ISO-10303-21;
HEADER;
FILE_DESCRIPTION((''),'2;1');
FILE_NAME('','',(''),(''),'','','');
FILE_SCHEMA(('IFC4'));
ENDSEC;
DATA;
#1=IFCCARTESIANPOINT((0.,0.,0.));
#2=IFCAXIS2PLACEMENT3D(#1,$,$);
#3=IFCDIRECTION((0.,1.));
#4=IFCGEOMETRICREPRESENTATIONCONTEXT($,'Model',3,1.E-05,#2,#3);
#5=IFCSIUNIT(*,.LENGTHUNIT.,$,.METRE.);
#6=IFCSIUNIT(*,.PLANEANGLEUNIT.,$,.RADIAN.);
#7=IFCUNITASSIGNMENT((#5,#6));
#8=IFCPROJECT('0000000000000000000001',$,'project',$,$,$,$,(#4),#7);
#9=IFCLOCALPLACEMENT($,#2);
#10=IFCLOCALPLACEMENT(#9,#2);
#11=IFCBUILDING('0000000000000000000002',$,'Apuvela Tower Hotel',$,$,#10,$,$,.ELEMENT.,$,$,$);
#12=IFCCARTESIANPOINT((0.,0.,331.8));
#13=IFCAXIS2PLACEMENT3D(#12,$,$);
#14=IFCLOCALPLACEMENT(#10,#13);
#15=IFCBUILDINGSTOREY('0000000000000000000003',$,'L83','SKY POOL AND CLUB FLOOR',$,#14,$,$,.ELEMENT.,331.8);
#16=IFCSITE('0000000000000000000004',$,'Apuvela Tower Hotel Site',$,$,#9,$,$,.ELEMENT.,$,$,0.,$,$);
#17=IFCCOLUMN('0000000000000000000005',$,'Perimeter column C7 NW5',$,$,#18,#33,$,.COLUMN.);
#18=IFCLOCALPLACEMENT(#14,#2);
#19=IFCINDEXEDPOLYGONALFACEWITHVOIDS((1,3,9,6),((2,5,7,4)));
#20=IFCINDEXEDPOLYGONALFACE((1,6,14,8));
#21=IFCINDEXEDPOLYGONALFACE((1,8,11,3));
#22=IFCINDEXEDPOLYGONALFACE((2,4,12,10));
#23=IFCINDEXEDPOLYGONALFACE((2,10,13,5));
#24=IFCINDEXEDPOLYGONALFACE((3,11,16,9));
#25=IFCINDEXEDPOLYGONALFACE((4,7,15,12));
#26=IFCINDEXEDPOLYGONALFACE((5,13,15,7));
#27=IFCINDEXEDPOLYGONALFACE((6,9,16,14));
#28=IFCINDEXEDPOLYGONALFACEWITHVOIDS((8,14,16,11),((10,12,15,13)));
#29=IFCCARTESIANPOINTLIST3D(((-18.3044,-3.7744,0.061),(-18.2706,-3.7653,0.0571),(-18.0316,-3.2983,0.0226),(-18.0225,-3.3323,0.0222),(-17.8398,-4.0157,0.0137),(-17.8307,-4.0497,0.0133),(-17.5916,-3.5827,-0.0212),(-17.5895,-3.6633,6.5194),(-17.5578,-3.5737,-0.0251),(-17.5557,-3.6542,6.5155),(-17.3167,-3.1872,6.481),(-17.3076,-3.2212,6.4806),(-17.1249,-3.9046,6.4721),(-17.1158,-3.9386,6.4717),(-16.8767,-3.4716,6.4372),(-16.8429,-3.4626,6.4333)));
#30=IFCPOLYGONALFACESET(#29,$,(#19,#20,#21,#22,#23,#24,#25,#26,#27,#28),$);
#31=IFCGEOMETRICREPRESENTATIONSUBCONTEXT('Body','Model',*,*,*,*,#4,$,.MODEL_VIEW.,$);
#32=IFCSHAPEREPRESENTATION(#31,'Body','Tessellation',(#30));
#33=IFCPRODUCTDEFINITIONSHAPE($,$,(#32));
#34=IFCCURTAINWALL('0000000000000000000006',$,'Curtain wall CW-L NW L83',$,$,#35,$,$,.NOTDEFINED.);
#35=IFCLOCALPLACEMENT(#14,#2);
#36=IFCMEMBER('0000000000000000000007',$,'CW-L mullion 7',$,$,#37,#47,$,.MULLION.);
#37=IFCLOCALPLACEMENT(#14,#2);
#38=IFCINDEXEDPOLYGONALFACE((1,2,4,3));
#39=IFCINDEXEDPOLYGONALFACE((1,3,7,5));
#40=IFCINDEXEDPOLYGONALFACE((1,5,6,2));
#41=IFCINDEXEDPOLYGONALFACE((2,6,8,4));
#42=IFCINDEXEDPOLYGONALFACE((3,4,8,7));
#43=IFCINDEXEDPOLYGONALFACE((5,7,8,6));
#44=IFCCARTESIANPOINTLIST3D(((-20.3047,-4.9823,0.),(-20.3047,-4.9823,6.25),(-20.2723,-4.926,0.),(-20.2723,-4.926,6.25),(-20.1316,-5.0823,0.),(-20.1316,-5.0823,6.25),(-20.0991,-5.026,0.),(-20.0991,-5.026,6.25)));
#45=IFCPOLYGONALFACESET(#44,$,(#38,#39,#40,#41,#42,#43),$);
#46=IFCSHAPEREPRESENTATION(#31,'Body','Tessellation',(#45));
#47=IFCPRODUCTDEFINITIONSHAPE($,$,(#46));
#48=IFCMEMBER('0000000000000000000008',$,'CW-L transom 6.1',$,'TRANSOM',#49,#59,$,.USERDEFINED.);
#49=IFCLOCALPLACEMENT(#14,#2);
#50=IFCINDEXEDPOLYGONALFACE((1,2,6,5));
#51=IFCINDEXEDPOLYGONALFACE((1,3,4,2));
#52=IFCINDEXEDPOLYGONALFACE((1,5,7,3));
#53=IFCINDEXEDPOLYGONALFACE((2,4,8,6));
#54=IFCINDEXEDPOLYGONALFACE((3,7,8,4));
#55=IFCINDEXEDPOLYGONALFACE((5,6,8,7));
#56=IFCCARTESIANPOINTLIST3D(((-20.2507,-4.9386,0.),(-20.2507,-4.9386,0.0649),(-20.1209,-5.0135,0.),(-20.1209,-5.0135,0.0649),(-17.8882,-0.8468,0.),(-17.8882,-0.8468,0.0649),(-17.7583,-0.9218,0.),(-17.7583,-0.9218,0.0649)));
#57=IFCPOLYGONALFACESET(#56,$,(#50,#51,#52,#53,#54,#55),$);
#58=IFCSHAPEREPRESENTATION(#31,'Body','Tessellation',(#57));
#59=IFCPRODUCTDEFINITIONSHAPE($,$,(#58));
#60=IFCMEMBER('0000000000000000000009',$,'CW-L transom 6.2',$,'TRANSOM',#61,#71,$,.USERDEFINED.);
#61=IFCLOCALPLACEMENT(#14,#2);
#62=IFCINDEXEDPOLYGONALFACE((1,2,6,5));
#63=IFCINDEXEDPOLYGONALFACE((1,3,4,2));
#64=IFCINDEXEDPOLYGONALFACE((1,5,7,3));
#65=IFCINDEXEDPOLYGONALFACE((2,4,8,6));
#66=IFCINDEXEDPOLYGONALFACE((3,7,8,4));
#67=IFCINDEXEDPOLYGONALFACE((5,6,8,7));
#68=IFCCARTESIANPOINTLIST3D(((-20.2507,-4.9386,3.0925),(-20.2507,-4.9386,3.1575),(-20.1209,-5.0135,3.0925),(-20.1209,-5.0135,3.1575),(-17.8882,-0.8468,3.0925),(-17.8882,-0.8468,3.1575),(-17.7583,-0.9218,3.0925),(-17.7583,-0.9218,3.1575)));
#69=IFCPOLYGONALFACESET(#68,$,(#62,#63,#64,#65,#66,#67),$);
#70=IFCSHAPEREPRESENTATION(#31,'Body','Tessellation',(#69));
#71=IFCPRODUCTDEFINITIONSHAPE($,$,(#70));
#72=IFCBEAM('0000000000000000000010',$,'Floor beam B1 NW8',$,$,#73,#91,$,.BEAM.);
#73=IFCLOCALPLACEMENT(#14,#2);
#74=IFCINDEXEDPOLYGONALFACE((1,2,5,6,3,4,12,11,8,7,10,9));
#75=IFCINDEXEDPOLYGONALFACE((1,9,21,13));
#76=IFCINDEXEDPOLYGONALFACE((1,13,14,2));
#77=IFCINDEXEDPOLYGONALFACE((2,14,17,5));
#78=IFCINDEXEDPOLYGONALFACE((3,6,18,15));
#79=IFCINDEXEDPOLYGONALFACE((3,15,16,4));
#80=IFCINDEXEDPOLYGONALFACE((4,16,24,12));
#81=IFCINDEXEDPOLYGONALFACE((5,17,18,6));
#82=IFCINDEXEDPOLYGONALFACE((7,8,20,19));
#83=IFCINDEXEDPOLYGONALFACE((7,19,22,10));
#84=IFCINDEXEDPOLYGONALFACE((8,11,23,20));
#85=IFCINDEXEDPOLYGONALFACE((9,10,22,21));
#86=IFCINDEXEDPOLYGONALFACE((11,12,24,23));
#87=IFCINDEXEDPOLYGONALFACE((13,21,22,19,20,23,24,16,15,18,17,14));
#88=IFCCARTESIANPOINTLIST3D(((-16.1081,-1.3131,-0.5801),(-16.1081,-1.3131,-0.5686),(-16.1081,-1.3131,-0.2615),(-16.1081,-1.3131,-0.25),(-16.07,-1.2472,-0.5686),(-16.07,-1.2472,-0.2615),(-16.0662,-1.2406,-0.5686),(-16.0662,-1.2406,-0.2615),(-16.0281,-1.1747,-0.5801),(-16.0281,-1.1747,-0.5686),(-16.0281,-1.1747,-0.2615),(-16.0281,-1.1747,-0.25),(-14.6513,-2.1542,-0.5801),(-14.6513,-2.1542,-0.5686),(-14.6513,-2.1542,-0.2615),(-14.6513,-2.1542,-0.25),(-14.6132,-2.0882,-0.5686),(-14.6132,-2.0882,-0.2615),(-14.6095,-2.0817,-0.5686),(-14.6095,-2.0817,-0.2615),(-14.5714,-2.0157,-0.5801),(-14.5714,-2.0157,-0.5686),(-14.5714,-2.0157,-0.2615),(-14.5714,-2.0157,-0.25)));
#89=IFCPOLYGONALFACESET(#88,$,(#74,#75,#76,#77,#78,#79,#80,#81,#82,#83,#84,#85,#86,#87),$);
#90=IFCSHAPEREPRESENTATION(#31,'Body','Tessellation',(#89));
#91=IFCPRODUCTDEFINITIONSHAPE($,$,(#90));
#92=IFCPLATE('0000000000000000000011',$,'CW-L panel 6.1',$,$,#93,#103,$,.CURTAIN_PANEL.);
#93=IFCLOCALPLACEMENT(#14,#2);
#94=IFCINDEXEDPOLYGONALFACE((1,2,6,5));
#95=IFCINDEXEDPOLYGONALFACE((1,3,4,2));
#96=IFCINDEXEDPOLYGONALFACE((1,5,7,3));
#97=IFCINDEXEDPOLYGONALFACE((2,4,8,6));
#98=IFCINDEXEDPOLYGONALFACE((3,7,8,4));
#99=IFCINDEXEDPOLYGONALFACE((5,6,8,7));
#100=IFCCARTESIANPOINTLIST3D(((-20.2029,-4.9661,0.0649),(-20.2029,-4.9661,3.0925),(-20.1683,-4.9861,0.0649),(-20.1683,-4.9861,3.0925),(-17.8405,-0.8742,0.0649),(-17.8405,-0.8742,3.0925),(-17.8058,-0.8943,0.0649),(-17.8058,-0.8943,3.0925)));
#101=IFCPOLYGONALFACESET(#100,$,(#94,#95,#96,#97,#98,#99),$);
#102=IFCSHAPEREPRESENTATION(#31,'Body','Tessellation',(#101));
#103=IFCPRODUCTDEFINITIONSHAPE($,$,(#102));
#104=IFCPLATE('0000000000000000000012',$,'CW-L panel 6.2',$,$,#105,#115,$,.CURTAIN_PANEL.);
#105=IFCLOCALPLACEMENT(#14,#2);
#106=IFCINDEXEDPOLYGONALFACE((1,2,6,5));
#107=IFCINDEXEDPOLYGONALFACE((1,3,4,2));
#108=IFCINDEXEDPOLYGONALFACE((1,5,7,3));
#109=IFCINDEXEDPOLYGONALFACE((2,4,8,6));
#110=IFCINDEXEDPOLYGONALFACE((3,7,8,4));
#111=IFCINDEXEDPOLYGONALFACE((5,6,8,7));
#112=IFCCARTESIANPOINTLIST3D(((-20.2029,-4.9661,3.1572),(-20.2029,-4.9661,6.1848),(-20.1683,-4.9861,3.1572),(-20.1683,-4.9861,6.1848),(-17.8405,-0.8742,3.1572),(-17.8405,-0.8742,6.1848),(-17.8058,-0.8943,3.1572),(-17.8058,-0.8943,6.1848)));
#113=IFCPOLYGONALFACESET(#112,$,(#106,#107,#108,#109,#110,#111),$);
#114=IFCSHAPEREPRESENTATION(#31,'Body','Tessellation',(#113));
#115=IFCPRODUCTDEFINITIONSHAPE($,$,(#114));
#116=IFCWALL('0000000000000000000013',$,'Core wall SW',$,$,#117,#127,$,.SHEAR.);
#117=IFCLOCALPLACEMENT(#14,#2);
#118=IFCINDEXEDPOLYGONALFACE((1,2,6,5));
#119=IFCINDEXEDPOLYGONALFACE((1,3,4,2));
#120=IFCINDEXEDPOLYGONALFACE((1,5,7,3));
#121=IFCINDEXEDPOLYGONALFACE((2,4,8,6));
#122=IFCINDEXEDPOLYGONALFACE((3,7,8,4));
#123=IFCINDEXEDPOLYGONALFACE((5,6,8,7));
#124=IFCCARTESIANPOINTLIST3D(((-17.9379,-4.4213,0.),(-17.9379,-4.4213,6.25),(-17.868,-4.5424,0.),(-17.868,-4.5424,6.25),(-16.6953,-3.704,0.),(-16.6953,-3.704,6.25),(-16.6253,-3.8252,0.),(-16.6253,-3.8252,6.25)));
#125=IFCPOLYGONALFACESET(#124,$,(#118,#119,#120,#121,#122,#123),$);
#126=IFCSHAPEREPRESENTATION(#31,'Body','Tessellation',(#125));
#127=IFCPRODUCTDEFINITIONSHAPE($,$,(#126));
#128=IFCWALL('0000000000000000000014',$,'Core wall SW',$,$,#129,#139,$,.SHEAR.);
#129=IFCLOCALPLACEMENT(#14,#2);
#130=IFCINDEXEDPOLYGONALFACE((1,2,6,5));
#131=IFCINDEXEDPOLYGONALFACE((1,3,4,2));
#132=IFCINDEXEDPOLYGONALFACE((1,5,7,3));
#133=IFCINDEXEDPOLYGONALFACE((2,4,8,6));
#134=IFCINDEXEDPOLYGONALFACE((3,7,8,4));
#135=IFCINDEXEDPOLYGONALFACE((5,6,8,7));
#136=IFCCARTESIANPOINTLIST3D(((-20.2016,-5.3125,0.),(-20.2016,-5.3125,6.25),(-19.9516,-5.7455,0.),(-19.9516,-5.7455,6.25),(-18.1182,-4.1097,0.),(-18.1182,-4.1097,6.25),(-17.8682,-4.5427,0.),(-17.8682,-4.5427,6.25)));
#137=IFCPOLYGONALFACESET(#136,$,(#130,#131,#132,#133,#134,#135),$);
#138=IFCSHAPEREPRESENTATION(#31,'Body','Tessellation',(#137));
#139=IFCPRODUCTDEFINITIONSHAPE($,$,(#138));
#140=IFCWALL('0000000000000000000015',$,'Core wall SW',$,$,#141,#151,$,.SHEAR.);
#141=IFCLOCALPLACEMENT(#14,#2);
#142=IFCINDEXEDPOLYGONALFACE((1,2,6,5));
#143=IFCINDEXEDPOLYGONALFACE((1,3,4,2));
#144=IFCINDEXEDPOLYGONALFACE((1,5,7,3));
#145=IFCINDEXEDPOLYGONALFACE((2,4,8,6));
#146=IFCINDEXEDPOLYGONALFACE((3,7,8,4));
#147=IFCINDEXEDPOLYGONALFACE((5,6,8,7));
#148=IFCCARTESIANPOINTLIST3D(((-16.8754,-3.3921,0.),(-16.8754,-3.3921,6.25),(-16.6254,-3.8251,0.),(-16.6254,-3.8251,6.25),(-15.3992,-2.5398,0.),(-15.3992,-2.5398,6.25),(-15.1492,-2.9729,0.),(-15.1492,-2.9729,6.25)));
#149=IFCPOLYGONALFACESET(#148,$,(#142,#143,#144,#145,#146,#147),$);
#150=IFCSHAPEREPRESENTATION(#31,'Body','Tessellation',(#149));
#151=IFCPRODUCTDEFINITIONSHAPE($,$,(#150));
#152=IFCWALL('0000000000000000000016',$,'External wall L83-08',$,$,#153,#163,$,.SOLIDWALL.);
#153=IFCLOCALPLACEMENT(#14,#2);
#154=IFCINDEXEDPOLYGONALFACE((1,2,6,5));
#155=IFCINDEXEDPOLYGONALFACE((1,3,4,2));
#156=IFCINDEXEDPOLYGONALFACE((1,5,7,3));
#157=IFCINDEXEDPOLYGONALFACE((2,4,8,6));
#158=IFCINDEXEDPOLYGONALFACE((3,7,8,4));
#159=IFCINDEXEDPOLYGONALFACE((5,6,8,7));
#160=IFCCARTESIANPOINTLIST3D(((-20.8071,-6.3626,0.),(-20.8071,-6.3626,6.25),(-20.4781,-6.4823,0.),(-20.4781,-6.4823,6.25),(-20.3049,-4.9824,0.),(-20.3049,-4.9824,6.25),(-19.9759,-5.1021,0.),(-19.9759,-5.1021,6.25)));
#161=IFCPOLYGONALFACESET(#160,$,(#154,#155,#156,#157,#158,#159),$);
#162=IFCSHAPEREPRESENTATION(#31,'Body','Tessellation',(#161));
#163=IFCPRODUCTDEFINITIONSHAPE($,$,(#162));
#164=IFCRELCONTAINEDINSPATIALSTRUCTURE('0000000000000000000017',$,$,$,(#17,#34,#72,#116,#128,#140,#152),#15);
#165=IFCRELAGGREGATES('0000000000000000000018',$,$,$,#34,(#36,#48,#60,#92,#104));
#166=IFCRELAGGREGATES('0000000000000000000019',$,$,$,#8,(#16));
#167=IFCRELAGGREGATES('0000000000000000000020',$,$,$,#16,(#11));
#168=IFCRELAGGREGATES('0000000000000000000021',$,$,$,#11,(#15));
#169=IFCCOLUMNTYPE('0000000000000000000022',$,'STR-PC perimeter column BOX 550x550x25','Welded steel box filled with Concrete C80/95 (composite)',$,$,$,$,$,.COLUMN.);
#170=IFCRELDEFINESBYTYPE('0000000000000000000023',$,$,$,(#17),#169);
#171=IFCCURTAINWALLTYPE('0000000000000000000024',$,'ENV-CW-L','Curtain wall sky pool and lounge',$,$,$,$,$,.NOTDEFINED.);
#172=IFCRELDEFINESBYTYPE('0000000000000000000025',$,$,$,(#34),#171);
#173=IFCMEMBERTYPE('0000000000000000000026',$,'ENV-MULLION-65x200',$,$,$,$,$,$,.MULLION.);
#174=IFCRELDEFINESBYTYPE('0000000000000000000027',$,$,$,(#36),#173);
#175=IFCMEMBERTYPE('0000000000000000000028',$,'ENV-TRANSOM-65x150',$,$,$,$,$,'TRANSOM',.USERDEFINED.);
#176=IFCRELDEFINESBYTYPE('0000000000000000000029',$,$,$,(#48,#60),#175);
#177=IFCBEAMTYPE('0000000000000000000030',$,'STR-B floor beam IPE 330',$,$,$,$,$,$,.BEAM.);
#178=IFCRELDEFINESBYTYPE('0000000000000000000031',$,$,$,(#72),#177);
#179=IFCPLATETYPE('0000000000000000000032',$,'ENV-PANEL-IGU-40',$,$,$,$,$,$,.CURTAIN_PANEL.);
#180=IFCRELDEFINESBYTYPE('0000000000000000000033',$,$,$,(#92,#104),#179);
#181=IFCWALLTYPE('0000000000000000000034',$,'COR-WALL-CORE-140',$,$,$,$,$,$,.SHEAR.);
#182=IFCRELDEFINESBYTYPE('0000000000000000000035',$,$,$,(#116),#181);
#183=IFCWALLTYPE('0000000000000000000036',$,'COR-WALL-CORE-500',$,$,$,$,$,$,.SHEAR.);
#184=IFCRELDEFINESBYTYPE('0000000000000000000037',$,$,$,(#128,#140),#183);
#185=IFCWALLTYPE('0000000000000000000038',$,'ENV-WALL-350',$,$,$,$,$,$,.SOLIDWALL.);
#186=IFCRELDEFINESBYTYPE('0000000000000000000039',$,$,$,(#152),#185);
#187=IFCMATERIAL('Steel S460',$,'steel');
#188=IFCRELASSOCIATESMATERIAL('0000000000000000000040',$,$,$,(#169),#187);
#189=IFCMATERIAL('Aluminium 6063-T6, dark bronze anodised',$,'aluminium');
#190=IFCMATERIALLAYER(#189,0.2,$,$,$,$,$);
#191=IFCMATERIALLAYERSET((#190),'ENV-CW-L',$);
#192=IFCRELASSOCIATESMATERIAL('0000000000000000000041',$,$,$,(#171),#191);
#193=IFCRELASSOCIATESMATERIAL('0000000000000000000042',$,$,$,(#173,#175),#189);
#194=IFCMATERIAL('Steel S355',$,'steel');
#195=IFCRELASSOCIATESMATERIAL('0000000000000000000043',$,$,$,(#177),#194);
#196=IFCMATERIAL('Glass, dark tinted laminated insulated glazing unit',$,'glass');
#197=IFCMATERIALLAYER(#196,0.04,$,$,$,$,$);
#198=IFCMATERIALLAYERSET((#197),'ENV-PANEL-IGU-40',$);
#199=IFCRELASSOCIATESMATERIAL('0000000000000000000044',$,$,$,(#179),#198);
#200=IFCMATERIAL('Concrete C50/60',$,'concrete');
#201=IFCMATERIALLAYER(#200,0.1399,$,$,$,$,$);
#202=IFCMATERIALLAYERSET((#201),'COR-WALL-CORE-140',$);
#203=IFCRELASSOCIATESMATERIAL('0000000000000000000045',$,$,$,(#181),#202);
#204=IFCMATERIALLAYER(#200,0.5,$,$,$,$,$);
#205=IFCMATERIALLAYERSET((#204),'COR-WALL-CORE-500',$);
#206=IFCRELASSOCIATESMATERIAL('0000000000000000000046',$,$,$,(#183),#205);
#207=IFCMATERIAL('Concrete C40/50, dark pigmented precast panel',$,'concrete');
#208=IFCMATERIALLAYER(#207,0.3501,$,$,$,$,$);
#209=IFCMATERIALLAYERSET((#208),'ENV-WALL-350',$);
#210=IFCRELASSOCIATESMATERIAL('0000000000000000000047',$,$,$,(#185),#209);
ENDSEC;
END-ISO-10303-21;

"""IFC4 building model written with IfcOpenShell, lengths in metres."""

from ifc_helpers import new_model, si_unit, direction, frame, frame_2d, origin, origin_2d, place, context, subcontext, project, spatial, rectangle, hollow_rectangle, i_section, extrude, boolean, halfspace, material, layer, layer_set, material_profile, profile_set, type_object, element, aggregate, save


model = new_model("IFC4")

# Units and contexts
model_context = context("Model", 3, precision=1e-05, world=origin(), true_north=direction((0.0, 1.0)))
body_context = subcontext(model_context, "Body", "Model", "MODEL_VIEW")
ifc_project = project(units=[si_unit("LENGTHUNIT", "METRE"), si_unit("PLANEANGLEUNIT", "RADIAN")], contexts=[model_context])

# Site, building, storey
site_placement = place(None, origin())
site = spatial("IfcSite", under=ifc_project, at=site_placement, Name="Apuvela Tower Hotel Site", CompositionType="ELEMENT", RefElevation=0.0)
building_placement = place(site_placement, origin())
building = spatial("IfcBuilding", under=site, at=building_placement, Name="Apuvela Tower Hotel", CompositionType="ELEMENT")
storey_placement = place(building_placement, frame((0.0, 0.0, 331.8)))
storey = spatial("IfcBuildingStorey", under=building, at=storey_placement, Name="L83", Description="SKY POOL AND CLUB FLOOR", CompositionType="ELEMENT", Elevation=331.8)

# Column
ifc_material_1 = material(Name="Steel S460", Category="steel")
ifc_material_profile_1 = material_profile(ifc_material_1, hollow_rectangle(XDim=0.55, YDim=0.55, WallThickness=0.0249, at=origin_2d()), Name="BOX 550x550x25")
ifc_material_2 = material(Name="Concrete C80/95", Category="concrete")
ifc_material_profile_2 = material_profile(ifc_material_2, rectangle(XDim=0.5, YDim=0.5, at=origin_2d()), Name="Concrete C80/95 infill")
ifc_profile_set_1 = profile_set([ifc_material_profile_1, ifc_material_profile_2], Name="Steel S460")
column_type = type_object("IfcColumnType", Name="STR-PC perimeter column BOX 550x550x25", Description="Welded steel box filled with Concrete C80/95 (composite)", PredefinedType="COLUMN", material=ifc_profile_set_1)
column_placement = place(storey_placement, frame((-17.9331, -3.6743, 0.0), z_axis=(0.110002, 0.017096, 0.993784), x_axis=(-0.496031, -0.865495, 0.069794)))
element("IfcColumn", 1, at=column_placement, inside=storey, type_object=column_type, Name="Perimeter column C7 NW5", PredefinedType="COLUMN", context=body_context, shape_type="SweptSolid", body=[
    boolean("DIFFERENCE", boolean("DIFFERENCE", extrude(hollow_rectangle(XDim=0.55, YDim=0.55, WallThickness=0.0249, at=origin_2d()), origin(), (0.0, 0.0, 1.0), 6.5408), halfspace(frame((0.0, 0.0, 0.0181), z_axis=(0.0, 0.0, 1.0), x_axis=(1.0, 0.0, 0.0)), True)), halfspace(frame((0.0, 0.0, 6.5168), z_axis=(0.0, 0.0, 1.0), x_axis=(1.0, 0.0, 0.0)), False)),
])

# Curtain wall, members
ifc_material_3 = material(Name="Aluminium 6063-T6, dark bronze anodised", Category="aluminium")
ifc_layer_1 = layer(ifc_material_3, 0.2)
ifc_layer_set_1 = layer_set([ifc_layer_1], Name="ENV-CW-L")
curtain_wall_type = type_object("IfcCurtainWallType", Name="ENV-CW-L", Description="Curtain wall sky pool and lounge", PredefinedType="NOTDEFINED", material=ifc_layer_set_1)
curtain_wall_placement = place(storey_placement, origin())
curtain_wall = element("IfcCurtainWall", 2, at=curtain_wall_placement, inside=storey, type_object=curtain_wall_type, Name="Curtain wall CW-L NW L83", PredefinedType="NOTDEFINED")
ifc_material_profile_3 = material_profile(ifc_material_3, rectangle(XDim=0.2, YDim=0.0649, at=origin_2d()), Name="AL 65x200")
ifc_profile_set_2 = profile_set([ifc_material_profile_3], Name="Aluminium 6063-T6, dark bronze anodised")
member_type_1 = type_object("IfcMemberType", Name="ENV-MULLION-65x200", PredefinedType="MULLION", material=ifc_profile_set_2)
member_1_placement = place(storey_placement, frame((-20.2019, -5.0042, 0.0), z_axis=(0.0, 0.0, 1.0), x_axis=(0.866025, -0.5, 0.0)))
member_1 = element("IfcMember", 3, at=member_1_placement, type_object=member_type_1, Name="CW-L mullion 7", PredefinedType="MULLION", context=body_context, shape_type="SweptSolid", body=[
    extrude(rectangle(XDim=0.2, YDim=0.0649, at=origin_2d()), origin(), (0.0, 0.0, 1.0), 6.25),
])
ifc_material_profile_4 = material_profile(ifc_material_3, rectangle(XDim=0.1499, YDim=0.0649, at=origin_2d()), Name="AL 65x150 transom")
ifc_profile_set_3 = profile_set([ifc_material_profile_4], Name="Aluminium 6063-T6, dark bronze anodised")
member_type_2 = type_object("IfcMemberType", Name="ENV-TRANSOM-65x150", ElementType="TRANSOM", PredefinedType="USERDEFINED", material=ifc_profile_set_3)
member_2_placement = place(storey_placement, frame((-17.8232, -0.8843, 0.0325), z_axis=(-0.500024, -0.866012, 0.0), x_axis=(0.866012, -0.500024, 0.0)))
member_2 = element("IfcMember", 4, at=member_2_placement, type_object=member_type_2, Name="CW-L transom 6.1", ObjectType="TRANSOM", PredefinedType="USERDEFINED", context=body_context, shape_type="SweptSolid", body=[
    extrude(rectangle(XDim=0.1499, YDim=0.0649, at=origin_2d()), origin(), (0.0, 0.0, 1.0), 4.7249),
])
member_3_placement = place(storey_placement, frame((-17.8232, -0.8843, 3.125), z_axis=(-0.500024, -0.866012, 0.0), x_axis=(0.866012, -0.500024, 0.0)))
member_3 = element("IfcMember", 5, at=member_3_placement, type_object=member_type_2, Name="CW-L transom 6.2", ObjectType="TRANSOM", PredefinedType="USERDEFINED", context=body_context, shape_type="SweptSolid", body=[
    extrude(rectangle(XDim=0.1499, YDim=0.0649, at=origin_2d()), origin(), (0.0, 0.0, 1.0), 4.7249),
])

# Beam
ifc_material_4 = material(Name="Steel S355", Category="steel")
ifc_material_profile_5 = material_profile(ifc_material_4, i_section(OverallWidth=0.1599, OverallDepth=0.3301, WebThickness=0.0076, FlangeThickness=0.0115, at=origin_2d()), Name="IPE 330")
ifc_profile_set_4 = profile_set([ifc_material_profile_5], Name="Steel S355")
beam_type = type_object("IfcBeamType", Name="STR-B floor beam IPE 330", PredefinedType="BEAM", material=ifc_profile_set_4)
beam_placement = place(storey_placement, frame((-16.0681, -1.2439, -0.415), z_axis=(0.866028, -0.499995, 0.0), x_axis=(0.499995, 0.866028, 0.0)))
element("IfcBeam", 6, at=beam_placement, inside=storey, type_object=beam_type, Name="Floor beam B1 NW8", PredefinedType="BEAM", context=body_context, shape_type="SweptSolid", body=[
    extrude(i_section(OverallWidth=0.1599, OverallDepth=0.3301, WebThickness=0.0076, FlangeThickness=0.0115, at=origin_2d()), origin(), (0.0, 0.0, 1.0), 1.6821),
])

# Plates
ifc_material_5 = material(Name="Glass, dark tinted laminated insulated glazing unit", Category="glass")
ifc_layer_2 = layer(ifc_material_5, 0.04)
ifc_layer_set_2 = layer_set([ifc_layer_2], Name="ENV-PANEL-IGU-40")
plate_type = type_object("IfcPlateType", Name="ENV-PANEL-IGU-40", PredefinedType="CURTAIN_PANEL", material=ifc_layer_set_2)
plate_1_placement = place(storey_placement, frame((-19.0044, -2.9302, 0.0649), z_axis=(0.0, 0.0, 1.0), x_axis=(-0.5, -0.866025, 0.0)))
plate_1 = element("IfcPlate", 7, at=plate_1_placement, type_object=plate_type, Name="CW-L panel 6.1", PredefinedType="CURTAIN_PANEL", context=body_context, shape_type="SweptSolid", body=[
    extrude(rectangle(XDim=4.7249, YDim=0.04, at=origin_2d()), origin(), (0.0, 0.0, 1.0), 3.0276),
])
plate_2_placement = place(storey_placement, frame((-19.0044, -2.9302, 3.1572), z_axis=(0.0, 0.0, 1.0), x_axis=(-0.5, -0.866025, 0.0)))
plate_2 = element("IfcPlate", 8, at=plate_2_placement, type_object=plate_type, Name="CW-L panel 6.2", PredefinedType="CURTAIN_PANEL", context=body_context, shape_type="SweptSolid", body=[
    extrude(rectangle(XDim=4.7249, YDim=0.04, at=origin_2d()), origin(), (0.0, 0.0, 1.0), 3.0276),
])
aggregate(curtain_wall, [member_1, member_2, member_3, plate_1, plate_2])

# Walls
ifc_material_6 = material(Name="Concrete C50/60", Category="concrete")
ifc_layer_3 = layer(ifc_material_6, 0.1399)
ifc_layer_set_3 = layer_set([ifc_layer_3], Name="COR-WALL-CORE-140")
wall_type_1 = type_object("IfcWallType", Name="COR-WALL-CORE-140", PredefinedType="SHEAR", material=ifc_layer_set_3)
wall_1_placement = place(storey_placement, frame((-16.6604, -3.7646, 0.0), z_axis=(0.0, 0.0, 1.0), x_axis=(-0.866078, -0.499909, 0.0)))
element("IfcWall", 9, at=wall_1_placement, inside=storey, type_object=wall_type_1, Name="Core wall SW", PredefinedType="SHEAR", context=body_context, shape_type="SweptSolid", body=[
    extrude(rectangle(XDim=1.4348, YDim=0.1399, at=frame_2d((0.7173, 0.0))), origin(), (0.0, 0.0, 1.0), 6.25),
])
ifc_layer_4 = layer(ifc_material_6, 0.5)
ifc_layer_set_4 = layer_set([ifc_layer_4], Name="COR-WALL-CORE-500")
wall_type_2 = type_object("IfcWallType", Name="COR-WALL-CORE-500", PredefinedType="SHEAR", material=ifc_layer_set_4)
wall_2_placement = place(storey_placement, frame((-17.9932, -4.3262, 0.0), z_axis=(0.0, 0.0, 1.0), x_axis=(-0.86603, -0.499992, 0.0)))
element("IfcWall", 10, at=wall_2_placement, inside=storey, type_object=wall_type_2, Name="Core wall SW", PredefinedType="SHEAR", context=body_context, shape_type="SweptSolid", body=[
    extrude(rectangle(XDim=2.4058, YDim=0.5, at=frame_2d((1.2029, 0.0))), origin(), (0.0, 0.0, 1.0), 6.25),
])
wall_3_placement = place(storey_placement, frame((-15.2742, -2.7563, 0.0), z_axis=(0.0, 0.0, 1.0), x_axis=(-0.86604, -0.499975, 0.0)))
element("IfcWall", 11, at=wall_3_placement, inside=storey, type_object=wall_type_2, Name="Core wall SW", PredefinedType="SHEAR", context=body_context, shape_type="SweptSolid", body=[
    extrude(rectangle(XDim=1.7046, YDim=0.5, at=frame_2d((0.8523, 0.0))), origin(), (0.0, 0.0, 1.0), 6.25),
])
ifc_material_7 = material(Name="Concrete C40/50, dark pigmented precast panel", Category="concrete")
ifc_layer_5 = layer(ifc_material_7, 0.3501)
ifc_layer_set_5 = layer_set([ifc_layer_5], Name="ENV-WALL-350")
wall_type_3 = type_object("IfcWallType", Name="ENV-WALL-350", PredefinedType="SOLIDWALL", material=ifc_layer_set_5)
wall_4_placement = place(storey_placement, frame((-20.1404, -5.0422, 0.0), z_axis=(0.0, 0.0, 1.0), x_axis=(-0.341943, -0.939721, 0.0)))
element("IfcWall", 12, at=wall_4_placement, inside=storey, type_object=wall_type_3, Name="External wall L83-08", PredefinedType="SOLIDWALL", context=body_context, shape_type="SweptSolid", body=[
    extrude(rectangle(XDim=1.4688, YDim=0.3501, at=frame_2d((0.7344, 0.0))), origin(), (0.0, 0.0, 1.0), 6.25),
])

save(model, "model.ifc")
